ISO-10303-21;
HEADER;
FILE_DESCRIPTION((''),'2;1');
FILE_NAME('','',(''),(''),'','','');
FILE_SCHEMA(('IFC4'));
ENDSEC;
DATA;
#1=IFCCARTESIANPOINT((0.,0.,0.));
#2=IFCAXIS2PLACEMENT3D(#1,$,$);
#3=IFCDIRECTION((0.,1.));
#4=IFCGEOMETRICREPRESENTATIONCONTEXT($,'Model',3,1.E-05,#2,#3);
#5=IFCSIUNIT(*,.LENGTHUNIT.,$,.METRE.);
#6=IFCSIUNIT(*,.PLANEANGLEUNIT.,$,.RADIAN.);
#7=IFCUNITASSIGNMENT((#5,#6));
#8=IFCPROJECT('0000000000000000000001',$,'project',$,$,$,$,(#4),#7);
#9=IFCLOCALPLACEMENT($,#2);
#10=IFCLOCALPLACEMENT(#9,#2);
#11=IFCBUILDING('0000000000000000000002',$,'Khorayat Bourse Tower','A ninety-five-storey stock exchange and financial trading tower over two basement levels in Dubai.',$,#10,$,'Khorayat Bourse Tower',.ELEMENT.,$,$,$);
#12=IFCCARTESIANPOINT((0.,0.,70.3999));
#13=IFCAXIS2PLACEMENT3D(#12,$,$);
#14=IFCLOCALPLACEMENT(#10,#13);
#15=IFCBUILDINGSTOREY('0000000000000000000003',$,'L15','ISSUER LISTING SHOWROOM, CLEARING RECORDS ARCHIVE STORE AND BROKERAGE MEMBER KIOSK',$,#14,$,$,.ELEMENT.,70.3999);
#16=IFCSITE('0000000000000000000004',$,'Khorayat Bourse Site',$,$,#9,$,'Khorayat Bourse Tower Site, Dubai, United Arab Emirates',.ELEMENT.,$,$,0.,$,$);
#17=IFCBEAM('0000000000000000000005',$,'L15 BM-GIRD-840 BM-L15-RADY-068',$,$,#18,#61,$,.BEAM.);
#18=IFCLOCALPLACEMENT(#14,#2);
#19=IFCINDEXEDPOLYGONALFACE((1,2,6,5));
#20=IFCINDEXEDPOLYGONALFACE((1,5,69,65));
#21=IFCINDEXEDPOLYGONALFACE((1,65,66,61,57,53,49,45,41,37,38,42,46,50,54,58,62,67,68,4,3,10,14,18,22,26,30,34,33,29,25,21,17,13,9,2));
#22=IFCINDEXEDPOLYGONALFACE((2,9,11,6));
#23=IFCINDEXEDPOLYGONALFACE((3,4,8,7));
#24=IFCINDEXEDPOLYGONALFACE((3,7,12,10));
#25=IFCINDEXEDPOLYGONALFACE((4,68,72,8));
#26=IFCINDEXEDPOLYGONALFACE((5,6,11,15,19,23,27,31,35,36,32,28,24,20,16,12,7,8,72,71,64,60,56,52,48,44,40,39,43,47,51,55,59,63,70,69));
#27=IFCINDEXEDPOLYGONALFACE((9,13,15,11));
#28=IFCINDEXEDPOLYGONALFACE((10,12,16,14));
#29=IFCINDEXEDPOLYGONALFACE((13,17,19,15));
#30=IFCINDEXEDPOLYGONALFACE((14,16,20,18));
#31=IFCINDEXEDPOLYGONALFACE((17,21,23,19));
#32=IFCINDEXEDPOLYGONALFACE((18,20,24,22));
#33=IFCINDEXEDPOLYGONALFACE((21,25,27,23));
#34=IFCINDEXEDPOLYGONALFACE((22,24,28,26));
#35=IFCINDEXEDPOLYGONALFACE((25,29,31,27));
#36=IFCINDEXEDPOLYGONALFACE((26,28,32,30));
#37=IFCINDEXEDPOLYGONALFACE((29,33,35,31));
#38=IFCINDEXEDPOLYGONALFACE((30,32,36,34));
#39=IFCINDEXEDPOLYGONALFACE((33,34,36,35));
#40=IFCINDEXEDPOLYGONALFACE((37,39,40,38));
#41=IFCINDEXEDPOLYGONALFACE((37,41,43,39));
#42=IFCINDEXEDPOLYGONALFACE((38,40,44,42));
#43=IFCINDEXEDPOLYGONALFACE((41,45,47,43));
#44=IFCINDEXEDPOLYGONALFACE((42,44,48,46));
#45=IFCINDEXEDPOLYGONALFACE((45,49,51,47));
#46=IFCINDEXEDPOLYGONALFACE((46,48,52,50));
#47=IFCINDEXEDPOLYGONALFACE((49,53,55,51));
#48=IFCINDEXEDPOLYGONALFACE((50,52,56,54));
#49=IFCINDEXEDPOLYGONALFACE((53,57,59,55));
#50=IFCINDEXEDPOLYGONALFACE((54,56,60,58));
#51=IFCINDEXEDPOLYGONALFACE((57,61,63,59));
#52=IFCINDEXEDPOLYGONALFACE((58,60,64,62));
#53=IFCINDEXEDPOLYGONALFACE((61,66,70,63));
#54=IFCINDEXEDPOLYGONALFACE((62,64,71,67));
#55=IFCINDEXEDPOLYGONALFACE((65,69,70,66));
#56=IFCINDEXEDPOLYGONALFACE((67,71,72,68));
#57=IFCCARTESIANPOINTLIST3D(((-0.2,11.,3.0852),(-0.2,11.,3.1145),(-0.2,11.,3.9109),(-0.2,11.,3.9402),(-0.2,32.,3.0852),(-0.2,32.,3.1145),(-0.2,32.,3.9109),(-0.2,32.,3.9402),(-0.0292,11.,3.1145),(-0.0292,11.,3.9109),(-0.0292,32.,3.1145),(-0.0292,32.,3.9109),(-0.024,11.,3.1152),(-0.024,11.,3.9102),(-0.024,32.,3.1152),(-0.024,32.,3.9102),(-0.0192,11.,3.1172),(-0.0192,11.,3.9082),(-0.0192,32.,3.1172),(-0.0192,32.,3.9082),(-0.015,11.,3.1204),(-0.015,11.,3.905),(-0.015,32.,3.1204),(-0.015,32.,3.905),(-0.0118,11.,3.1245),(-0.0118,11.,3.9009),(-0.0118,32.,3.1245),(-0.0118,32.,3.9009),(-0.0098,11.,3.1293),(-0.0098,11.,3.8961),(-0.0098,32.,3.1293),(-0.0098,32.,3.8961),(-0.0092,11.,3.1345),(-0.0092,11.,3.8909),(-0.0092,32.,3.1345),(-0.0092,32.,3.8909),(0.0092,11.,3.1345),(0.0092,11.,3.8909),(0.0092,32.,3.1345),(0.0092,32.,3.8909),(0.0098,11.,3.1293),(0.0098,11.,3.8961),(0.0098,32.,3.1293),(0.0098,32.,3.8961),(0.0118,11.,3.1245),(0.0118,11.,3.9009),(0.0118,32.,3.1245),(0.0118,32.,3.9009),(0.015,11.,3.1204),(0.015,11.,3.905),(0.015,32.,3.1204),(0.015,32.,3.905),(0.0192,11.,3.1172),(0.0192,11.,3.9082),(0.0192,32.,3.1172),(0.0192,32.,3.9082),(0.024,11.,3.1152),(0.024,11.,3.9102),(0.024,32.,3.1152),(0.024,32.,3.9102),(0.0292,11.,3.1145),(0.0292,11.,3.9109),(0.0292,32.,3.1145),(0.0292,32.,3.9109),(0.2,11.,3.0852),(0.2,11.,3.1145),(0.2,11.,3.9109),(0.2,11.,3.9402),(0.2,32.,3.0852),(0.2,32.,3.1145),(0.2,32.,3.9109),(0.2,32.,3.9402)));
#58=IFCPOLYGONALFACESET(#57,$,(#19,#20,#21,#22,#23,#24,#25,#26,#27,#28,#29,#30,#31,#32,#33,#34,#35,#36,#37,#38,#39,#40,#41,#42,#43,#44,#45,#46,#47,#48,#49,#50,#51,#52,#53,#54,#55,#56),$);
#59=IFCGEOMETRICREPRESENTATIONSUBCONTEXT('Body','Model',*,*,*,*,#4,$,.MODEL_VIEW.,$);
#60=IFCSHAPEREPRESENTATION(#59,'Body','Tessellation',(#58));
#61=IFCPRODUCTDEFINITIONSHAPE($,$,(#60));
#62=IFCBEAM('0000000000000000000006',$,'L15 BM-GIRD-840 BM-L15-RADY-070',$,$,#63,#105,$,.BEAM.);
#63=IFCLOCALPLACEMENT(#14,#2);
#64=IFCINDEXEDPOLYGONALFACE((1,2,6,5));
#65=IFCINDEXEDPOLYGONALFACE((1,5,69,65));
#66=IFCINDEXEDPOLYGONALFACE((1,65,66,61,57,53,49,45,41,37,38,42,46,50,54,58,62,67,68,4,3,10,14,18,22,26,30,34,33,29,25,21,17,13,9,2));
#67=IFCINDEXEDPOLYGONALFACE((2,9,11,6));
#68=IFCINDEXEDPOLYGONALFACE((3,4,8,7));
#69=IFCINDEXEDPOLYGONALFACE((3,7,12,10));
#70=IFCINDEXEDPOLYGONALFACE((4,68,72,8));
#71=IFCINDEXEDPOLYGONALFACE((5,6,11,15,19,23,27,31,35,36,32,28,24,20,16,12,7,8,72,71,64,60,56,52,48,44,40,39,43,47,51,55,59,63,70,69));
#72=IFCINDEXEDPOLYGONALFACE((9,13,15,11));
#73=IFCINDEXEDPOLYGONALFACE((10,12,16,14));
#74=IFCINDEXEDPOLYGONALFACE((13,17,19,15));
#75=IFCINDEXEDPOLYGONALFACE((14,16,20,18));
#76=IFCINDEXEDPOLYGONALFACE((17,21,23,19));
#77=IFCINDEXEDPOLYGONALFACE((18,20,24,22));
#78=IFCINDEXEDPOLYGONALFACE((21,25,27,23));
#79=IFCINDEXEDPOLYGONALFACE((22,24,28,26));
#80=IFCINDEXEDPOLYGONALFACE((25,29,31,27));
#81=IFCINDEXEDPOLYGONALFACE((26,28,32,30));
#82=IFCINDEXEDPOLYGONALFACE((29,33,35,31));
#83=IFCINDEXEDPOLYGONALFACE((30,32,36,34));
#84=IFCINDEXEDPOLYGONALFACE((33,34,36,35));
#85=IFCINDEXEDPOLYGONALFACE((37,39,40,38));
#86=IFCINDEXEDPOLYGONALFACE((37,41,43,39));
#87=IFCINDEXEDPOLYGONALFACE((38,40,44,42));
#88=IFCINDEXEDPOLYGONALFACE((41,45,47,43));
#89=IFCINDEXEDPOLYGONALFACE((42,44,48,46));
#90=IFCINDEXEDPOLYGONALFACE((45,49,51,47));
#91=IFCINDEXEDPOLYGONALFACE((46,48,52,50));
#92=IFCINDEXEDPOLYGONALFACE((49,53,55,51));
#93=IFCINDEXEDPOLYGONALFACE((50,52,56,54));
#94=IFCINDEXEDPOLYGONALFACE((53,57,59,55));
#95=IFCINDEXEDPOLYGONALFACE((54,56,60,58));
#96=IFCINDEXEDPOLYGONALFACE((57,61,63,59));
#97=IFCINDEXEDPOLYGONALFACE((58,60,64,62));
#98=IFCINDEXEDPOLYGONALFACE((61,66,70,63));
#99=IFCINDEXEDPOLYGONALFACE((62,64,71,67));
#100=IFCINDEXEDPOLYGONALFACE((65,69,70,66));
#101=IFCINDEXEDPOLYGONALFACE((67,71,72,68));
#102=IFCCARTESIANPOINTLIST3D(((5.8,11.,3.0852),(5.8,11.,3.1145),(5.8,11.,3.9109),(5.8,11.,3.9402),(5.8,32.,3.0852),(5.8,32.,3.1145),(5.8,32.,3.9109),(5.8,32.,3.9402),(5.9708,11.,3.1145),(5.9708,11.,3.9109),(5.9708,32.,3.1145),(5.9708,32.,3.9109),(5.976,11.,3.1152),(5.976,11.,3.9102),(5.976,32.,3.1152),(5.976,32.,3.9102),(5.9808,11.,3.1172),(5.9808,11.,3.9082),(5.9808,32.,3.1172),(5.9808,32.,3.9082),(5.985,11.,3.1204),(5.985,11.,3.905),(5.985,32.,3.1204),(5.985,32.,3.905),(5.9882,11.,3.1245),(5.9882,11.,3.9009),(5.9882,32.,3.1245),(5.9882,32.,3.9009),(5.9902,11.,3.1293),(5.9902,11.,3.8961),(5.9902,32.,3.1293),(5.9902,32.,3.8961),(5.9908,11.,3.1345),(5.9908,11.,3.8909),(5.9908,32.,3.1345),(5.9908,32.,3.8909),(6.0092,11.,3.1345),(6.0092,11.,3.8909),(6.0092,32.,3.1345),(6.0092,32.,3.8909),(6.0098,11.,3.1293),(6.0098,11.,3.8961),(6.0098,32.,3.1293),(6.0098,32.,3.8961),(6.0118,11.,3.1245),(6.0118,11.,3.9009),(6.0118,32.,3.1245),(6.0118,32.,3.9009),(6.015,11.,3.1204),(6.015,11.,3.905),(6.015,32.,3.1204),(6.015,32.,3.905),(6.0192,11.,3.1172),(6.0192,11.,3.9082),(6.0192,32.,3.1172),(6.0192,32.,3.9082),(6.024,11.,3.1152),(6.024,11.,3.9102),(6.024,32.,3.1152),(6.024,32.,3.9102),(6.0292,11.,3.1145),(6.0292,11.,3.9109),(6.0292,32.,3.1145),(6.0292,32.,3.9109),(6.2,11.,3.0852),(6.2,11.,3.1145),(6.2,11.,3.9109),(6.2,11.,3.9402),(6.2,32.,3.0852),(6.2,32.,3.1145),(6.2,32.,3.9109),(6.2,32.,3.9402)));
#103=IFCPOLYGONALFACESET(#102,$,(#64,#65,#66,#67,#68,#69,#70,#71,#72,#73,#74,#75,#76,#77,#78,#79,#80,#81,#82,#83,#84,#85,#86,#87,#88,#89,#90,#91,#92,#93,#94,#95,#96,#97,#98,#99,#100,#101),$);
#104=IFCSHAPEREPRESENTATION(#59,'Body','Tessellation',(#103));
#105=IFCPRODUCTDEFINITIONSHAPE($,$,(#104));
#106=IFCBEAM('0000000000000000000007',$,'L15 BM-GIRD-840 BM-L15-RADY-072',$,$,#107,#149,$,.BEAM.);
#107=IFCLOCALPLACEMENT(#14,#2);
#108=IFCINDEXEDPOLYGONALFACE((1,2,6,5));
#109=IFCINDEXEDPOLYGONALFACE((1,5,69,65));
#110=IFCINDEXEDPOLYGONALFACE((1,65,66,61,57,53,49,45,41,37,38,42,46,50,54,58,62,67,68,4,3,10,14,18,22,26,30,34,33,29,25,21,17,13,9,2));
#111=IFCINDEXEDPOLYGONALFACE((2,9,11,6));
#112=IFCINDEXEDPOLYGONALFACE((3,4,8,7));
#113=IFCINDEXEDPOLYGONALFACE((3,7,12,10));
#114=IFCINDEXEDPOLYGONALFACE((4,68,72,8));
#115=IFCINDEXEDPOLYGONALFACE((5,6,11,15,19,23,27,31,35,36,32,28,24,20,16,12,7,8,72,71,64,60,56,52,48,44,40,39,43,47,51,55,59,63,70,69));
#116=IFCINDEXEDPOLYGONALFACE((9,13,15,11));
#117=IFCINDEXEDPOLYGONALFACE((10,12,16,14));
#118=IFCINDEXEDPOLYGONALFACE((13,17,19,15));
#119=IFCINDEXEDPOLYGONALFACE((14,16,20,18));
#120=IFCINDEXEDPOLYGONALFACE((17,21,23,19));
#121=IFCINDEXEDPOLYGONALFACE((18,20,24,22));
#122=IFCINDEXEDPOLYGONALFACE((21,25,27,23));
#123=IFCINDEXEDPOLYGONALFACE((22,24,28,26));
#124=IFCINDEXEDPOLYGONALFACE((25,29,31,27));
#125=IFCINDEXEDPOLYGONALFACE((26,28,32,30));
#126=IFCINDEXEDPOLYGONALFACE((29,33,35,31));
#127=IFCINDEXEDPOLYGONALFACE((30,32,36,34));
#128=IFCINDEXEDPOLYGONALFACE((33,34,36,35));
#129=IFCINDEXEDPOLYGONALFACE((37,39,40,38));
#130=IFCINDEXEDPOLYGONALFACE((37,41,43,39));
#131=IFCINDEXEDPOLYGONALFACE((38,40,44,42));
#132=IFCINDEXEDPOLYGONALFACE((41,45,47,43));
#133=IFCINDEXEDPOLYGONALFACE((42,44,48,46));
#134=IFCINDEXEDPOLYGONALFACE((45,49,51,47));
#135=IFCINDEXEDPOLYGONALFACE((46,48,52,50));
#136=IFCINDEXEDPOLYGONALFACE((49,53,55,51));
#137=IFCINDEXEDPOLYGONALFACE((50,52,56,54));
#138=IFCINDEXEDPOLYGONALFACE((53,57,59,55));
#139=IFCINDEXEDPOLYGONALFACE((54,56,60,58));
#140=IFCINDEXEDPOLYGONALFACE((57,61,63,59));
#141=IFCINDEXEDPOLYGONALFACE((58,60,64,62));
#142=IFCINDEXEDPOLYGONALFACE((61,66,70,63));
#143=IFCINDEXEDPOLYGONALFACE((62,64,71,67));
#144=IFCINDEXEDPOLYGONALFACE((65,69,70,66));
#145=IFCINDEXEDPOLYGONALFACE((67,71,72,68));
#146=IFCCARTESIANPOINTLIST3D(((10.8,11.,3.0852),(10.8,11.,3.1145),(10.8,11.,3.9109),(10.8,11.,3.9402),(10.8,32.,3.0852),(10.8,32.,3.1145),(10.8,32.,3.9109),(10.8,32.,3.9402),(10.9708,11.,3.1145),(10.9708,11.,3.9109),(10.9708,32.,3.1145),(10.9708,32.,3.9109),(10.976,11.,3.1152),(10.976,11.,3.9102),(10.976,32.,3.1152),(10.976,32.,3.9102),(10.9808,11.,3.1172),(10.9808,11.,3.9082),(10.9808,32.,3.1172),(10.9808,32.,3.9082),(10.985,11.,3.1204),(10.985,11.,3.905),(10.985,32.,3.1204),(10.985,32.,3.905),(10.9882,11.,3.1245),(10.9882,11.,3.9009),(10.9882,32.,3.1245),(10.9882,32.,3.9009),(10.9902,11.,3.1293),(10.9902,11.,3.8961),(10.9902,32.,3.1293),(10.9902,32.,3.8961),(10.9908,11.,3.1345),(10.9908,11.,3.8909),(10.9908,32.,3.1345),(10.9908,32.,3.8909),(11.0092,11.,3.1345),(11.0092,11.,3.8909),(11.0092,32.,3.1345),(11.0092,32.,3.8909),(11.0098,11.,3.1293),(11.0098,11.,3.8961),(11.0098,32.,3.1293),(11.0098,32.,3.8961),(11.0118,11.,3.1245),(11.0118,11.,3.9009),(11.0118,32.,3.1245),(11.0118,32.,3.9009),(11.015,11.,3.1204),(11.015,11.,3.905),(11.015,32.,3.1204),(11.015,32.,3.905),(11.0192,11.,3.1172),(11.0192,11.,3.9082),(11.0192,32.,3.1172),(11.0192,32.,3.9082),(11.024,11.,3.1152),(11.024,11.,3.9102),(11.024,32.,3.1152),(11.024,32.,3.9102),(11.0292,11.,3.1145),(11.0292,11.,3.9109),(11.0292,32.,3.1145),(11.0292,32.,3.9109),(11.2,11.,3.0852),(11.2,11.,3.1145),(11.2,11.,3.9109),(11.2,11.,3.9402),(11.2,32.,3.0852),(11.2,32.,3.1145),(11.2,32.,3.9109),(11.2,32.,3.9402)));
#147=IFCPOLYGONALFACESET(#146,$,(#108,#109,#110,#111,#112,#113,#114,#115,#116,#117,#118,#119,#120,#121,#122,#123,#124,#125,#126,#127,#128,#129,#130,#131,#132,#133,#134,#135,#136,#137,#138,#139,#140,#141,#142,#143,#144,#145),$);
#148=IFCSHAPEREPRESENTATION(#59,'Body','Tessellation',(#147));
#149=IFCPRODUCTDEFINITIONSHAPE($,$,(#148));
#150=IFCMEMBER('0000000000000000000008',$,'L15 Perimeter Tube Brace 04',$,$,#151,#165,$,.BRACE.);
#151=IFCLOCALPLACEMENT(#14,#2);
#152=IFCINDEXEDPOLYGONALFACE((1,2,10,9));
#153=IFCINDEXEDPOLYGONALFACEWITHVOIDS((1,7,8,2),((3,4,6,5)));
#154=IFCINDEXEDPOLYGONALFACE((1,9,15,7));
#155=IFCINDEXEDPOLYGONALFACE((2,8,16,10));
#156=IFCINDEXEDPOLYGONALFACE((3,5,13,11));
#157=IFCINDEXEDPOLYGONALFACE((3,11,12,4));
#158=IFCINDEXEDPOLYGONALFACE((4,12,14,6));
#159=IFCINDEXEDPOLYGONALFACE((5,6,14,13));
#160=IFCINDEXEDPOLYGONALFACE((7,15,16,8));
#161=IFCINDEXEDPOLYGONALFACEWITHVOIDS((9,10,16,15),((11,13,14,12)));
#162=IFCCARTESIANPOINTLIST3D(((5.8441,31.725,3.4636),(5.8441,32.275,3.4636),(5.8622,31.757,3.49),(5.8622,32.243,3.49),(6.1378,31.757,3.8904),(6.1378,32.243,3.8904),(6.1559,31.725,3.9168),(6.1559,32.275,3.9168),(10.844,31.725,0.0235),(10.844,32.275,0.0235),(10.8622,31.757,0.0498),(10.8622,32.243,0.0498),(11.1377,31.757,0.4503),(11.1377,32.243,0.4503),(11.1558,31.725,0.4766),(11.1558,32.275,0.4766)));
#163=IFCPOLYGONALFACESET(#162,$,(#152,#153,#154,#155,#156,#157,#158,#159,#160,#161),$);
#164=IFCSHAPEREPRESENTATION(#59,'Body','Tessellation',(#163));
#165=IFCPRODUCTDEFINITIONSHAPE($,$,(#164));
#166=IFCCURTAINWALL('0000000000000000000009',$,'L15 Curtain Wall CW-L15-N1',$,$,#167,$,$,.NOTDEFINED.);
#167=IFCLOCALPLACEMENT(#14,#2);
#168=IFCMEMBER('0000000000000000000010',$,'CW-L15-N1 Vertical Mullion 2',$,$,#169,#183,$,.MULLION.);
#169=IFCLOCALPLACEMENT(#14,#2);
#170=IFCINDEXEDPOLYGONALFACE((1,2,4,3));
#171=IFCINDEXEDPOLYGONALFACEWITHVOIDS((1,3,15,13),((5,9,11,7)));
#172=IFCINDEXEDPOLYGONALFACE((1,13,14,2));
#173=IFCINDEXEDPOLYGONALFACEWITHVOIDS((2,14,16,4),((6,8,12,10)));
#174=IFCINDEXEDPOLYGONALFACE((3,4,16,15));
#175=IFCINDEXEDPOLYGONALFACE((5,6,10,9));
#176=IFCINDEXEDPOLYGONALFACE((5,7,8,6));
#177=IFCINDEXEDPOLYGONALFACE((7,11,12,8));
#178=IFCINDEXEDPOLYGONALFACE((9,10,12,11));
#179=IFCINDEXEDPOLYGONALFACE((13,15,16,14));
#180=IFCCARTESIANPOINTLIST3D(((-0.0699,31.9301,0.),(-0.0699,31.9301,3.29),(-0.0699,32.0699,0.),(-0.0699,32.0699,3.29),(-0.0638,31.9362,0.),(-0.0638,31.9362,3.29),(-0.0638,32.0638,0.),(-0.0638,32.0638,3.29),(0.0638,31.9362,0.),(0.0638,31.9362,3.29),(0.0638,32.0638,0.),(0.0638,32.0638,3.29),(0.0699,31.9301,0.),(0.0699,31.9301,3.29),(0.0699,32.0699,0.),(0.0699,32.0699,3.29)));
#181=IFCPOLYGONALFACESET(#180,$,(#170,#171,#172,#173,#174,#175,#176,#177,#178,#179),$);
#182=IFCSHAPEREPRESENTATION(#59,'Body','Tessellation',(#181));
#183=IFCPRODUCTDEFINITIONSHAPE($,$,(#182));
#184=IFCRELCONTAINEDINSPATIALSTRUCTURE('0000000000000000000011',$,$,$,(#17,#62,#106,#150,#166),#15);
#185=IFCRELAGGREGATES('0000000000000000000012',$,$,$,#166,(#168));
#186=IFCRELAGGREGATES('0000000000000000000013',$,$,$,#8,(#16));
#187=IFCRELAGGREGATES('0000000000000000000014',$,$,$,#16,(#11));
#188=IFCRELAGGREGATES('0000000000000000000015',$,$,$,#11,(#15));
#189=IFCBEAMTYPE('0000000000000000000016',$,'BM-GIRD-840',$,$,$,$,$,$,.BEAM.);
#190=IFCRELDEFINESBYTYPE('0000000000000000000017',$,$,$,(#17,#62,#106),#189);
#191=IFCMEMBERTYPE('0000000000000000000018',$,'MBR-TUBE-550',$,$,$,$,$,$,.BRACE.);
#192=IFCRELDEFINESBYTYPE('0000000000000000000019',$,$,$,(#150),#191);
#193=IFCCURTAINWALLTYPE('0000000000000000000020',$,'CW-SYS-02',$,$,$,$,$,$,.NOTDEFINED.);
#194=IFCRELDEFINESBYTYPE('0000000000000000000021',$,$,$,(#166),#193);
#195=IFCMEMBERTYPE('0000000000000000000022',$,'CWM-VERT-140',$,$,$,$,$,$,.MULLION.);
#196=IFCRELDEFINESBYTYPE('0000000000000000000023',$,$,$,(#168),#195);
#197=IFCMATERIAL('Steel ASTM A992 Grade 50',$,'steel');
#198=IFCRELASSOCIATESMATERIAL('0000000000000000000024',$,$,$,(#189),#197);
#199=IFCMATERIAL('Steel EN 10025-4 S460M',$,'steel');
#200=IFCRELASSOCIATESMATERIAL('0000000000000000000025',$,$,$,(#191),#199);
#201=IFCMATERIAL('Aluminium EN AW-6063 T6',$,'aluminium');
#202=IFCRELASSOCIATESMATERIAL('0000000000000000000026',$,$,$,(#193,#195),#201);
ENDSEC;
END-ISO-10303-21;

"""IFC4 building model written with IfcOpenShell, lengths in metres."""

from ifc_helpers import new_model, si_unit, direction, frame, origin, origin_2d, place, context, subcontext, project, spatial, hollow_rectangle, i_section, extrude, source, transform, mapped, material, material_profile, profile_set, type_object, element, aggregate, save


model = new_model("IFC4")

# Units and contexts
model_context = context("Model", 3, precision=1e-05, world=origin(), true_north=direction((0.0, 1.0)))
body_context = subcontext(model_context, "Body", "Model", "MODEL_VIEW")
ifc_project = project(units=[si_unit("LENGTHUNIT", "METRE"), si_unit("PLANEANGLEUNIT", "RADIAN")], contexts=[model_context])

# Site, building, storey
site_placement = place(None, origin())
site = spatial("IfcSite", under=ifc_project, at=site_placement, Name="Khorayat Bourse Site", LongName="Khorayat Bourse Tower Site, Dubai, United Arab Emirates", CompositionType="ELEMENT", RefElevation=0.0)
building_placement = place(site_placement, origin())
building = spatial("IfcBuilding", under=site, at=building_placement, Name="Khorayat Bourse Tower", Description="A ninety-five-storey stock exchange and financial trading tower over two basement levels in Dubai.", LongName="Khorayat Bourse Tower", CompositionType="ELEMENT")
storey_placement = place(building_placement, frame((0.0, 0.0, 70.3999)))
storey = spatial("IfcBuildingStorey", under=building, at=storey_placement, Name="L15", Description="ISSUER LISTING SHOWROOM, CLEARING RECORDS ARCHIVE STORE AND BROKERAGE MEMBER KIOSK", CompositionType="ELEMENT", Elevation=70.3999)

# Shared definitions
ifc_material_1 = material(Name="Steel EN 10025-4 S460M", Category="steel")

# Beams
ifc_material_2 = material(Name="Steel ASTM A992 Grade 50", Category="steel")
ifc_material_profile_1 = material_profile(ifc_material_2, i_section(OverallWidth=0.3999, OverallDepth=0.855, WebThickness=0.0183, FlangeThickness=0.0293, FilletRadius=0.02, at=origin_2d()), Name="W840X299")
ifc_profile_set_1 = profile_set([ifc_material_profile_1], Name="Steel ASTM A992 Grade 50")
beam_type_1 = type_object("IfcBeamType", Name="BM-GIRD-840", PredefinedType="BEAM", material=ifc_profile_set_1)
shared_shape_1 = source(origin(), body_context, "Body", "SweptSolid", [
    extrude(i_section(OverallWidth=0.3999, OverallDepth=0.855, WebThickness=0.0183, FlangeThickness=0.0293, FilletRadius=0.02, at=origin_2d()), origin(), (0.0, 0.0, 1.0), 21.0),
])
for number, where, z_axis, x_axis, name in (
    (1, (0.0, 11.0, 3.5127), (0.0, 1.0, 0.0), (-1.0, 0.0, 0.0), "L15 BM-GIRD-840 BM-L15-RADY-068"),
    (2, (6.0, 11.0, 3.5127), (0.0, 1.0, 0.0), (-1.0, 0.0, 0.0), "L15 BM-GIRD-840 BM-L15-RADY-070"),
    (3, (11.0, 11.0, 3.5127), (0.0, 1.0, 0.0), (-1.0, 0.0, 0.0), "L15 BM-GIRD-840 BM-L15-RADY-072"),
):
    element("IfcBeam", number, at=place(storey_placement, frame(where, z_axis=z_axis, x_axis=x_axis)), inside=storey, type_object=beam_type_1, Name=name, PredefinedType="BEAM", context=body_context, shape_type="MappedRepresentation", body=[
        mapped(shared_shape_1, transform((0.0, 0.0, 0.0), scale=1.0)),
    ])

# Member
ifc_material_profile_2 = material_profile(ifc_material_1, hollow_rectangle(XDim=0.55, YDim=0.55, WallThickness=0.032, at=origin_2d()), Name="HSS 550x550x32")
ifc_profile_set_2 = profile_set([ifc_material_profile_2], Name="Steel EN 10025-4 S460M")
member_type_1 = type_object("IfcMemberType", Name="MBR-TUBE-550", PredefinedType="BRACE", material=ifc_profile_set_2)
shared_shape_2 = source(origin(), body_context, "Body", "SweptSolid", [
    extrude(hollow_rectangle(XDim=0.55, YDim=0.55, WallThickness=0.032, at=origin_2d()), origin(), (0.0, 0.0, 1.0), 6.0691),
])
member_1_placement = place(storey_placement, frame((6.0, 32.0, 3.6902), z_axis=(0.823835, 0.0, -0.566829), x_axis=(0.0, 1.0, 0.0)))
element("IfcMember", 4, at=member_1_placement, inside=storey, type_object=member_type_1, Name="L15 Perimeter Tube Brace 04", PredefinedType="BRACE", context=body_context, shape_type="MappedRepresentation", body=[
    mapped(shared_shape_2, transform((0.0, 0.0, 0.0), scale=1.0)),
])

# Curtain wall, member
ifc_material_3 = material(Name="Aluminium EN AW-6063 T6", Category="aluminium")
curtain_wall_type = type_object("IfcCurtainWallType", Name="CW-SYS-02", PredefinedType="NOTDEFINED", material=ifc_material_3)
curtain_wall_placement = place(storey_placement, origin())
curtain_wall = element("IfcCurtainWall", 5, at=curtain_wall_placement, inside=storey, type_object=curtain_wall_type, Name="L15 Curtain Wall CW-L15-N1", PredefinedType="NOTDEFINED")
ifc_material_profile_3 = material_profile(ifc_material_3, hollow_rectangle(XDim=0.1399, YDim=0.1399, WallThickness=0.0061, at=origin_2d()), Name="ALU 140x140x6")
ifc_profile_set_3 = profile_set([ifc_material_profile_3], Name="Aluminium EN AW-6063 T6")
member_type_2 = type_object("IfcMemberType", Name="CWM-VERT-140", PredefinedType="MULLION", material=ifc_profile_set_3)
shared_shape_3 = source(origin(), body_context, "Body", "SweptSolid", [
    extrude(hollow_rectangle(XDim=0.1399, YDim=0.1399, WallThickness=0.0061, at=origin_2d()), origin(), (0.0, 0.0, 1.0), 3.29),
])
member_2_placement = place(storey_placement, frame((0.0, 32.0, 0.0), z_axis=(0.0, 0.0, 1.0), x_axis=(0.0, 1.0, 0.0)))
member_2 = element("IfcMember", 6, at=member_2_placement, type_object=member_type_2, Name="CW-L15-N1 Vertical Mullion 2", PredefinedType="MULLION", context=body_context, shape_type="MappedRepresentation", body=[
    mapped(shared_shape_3, transform((0.0, 0.0, 0.0), scale=1.0)),
])
aggregate(curtain_wall, [member_2])

save(model, "model.ifc")
